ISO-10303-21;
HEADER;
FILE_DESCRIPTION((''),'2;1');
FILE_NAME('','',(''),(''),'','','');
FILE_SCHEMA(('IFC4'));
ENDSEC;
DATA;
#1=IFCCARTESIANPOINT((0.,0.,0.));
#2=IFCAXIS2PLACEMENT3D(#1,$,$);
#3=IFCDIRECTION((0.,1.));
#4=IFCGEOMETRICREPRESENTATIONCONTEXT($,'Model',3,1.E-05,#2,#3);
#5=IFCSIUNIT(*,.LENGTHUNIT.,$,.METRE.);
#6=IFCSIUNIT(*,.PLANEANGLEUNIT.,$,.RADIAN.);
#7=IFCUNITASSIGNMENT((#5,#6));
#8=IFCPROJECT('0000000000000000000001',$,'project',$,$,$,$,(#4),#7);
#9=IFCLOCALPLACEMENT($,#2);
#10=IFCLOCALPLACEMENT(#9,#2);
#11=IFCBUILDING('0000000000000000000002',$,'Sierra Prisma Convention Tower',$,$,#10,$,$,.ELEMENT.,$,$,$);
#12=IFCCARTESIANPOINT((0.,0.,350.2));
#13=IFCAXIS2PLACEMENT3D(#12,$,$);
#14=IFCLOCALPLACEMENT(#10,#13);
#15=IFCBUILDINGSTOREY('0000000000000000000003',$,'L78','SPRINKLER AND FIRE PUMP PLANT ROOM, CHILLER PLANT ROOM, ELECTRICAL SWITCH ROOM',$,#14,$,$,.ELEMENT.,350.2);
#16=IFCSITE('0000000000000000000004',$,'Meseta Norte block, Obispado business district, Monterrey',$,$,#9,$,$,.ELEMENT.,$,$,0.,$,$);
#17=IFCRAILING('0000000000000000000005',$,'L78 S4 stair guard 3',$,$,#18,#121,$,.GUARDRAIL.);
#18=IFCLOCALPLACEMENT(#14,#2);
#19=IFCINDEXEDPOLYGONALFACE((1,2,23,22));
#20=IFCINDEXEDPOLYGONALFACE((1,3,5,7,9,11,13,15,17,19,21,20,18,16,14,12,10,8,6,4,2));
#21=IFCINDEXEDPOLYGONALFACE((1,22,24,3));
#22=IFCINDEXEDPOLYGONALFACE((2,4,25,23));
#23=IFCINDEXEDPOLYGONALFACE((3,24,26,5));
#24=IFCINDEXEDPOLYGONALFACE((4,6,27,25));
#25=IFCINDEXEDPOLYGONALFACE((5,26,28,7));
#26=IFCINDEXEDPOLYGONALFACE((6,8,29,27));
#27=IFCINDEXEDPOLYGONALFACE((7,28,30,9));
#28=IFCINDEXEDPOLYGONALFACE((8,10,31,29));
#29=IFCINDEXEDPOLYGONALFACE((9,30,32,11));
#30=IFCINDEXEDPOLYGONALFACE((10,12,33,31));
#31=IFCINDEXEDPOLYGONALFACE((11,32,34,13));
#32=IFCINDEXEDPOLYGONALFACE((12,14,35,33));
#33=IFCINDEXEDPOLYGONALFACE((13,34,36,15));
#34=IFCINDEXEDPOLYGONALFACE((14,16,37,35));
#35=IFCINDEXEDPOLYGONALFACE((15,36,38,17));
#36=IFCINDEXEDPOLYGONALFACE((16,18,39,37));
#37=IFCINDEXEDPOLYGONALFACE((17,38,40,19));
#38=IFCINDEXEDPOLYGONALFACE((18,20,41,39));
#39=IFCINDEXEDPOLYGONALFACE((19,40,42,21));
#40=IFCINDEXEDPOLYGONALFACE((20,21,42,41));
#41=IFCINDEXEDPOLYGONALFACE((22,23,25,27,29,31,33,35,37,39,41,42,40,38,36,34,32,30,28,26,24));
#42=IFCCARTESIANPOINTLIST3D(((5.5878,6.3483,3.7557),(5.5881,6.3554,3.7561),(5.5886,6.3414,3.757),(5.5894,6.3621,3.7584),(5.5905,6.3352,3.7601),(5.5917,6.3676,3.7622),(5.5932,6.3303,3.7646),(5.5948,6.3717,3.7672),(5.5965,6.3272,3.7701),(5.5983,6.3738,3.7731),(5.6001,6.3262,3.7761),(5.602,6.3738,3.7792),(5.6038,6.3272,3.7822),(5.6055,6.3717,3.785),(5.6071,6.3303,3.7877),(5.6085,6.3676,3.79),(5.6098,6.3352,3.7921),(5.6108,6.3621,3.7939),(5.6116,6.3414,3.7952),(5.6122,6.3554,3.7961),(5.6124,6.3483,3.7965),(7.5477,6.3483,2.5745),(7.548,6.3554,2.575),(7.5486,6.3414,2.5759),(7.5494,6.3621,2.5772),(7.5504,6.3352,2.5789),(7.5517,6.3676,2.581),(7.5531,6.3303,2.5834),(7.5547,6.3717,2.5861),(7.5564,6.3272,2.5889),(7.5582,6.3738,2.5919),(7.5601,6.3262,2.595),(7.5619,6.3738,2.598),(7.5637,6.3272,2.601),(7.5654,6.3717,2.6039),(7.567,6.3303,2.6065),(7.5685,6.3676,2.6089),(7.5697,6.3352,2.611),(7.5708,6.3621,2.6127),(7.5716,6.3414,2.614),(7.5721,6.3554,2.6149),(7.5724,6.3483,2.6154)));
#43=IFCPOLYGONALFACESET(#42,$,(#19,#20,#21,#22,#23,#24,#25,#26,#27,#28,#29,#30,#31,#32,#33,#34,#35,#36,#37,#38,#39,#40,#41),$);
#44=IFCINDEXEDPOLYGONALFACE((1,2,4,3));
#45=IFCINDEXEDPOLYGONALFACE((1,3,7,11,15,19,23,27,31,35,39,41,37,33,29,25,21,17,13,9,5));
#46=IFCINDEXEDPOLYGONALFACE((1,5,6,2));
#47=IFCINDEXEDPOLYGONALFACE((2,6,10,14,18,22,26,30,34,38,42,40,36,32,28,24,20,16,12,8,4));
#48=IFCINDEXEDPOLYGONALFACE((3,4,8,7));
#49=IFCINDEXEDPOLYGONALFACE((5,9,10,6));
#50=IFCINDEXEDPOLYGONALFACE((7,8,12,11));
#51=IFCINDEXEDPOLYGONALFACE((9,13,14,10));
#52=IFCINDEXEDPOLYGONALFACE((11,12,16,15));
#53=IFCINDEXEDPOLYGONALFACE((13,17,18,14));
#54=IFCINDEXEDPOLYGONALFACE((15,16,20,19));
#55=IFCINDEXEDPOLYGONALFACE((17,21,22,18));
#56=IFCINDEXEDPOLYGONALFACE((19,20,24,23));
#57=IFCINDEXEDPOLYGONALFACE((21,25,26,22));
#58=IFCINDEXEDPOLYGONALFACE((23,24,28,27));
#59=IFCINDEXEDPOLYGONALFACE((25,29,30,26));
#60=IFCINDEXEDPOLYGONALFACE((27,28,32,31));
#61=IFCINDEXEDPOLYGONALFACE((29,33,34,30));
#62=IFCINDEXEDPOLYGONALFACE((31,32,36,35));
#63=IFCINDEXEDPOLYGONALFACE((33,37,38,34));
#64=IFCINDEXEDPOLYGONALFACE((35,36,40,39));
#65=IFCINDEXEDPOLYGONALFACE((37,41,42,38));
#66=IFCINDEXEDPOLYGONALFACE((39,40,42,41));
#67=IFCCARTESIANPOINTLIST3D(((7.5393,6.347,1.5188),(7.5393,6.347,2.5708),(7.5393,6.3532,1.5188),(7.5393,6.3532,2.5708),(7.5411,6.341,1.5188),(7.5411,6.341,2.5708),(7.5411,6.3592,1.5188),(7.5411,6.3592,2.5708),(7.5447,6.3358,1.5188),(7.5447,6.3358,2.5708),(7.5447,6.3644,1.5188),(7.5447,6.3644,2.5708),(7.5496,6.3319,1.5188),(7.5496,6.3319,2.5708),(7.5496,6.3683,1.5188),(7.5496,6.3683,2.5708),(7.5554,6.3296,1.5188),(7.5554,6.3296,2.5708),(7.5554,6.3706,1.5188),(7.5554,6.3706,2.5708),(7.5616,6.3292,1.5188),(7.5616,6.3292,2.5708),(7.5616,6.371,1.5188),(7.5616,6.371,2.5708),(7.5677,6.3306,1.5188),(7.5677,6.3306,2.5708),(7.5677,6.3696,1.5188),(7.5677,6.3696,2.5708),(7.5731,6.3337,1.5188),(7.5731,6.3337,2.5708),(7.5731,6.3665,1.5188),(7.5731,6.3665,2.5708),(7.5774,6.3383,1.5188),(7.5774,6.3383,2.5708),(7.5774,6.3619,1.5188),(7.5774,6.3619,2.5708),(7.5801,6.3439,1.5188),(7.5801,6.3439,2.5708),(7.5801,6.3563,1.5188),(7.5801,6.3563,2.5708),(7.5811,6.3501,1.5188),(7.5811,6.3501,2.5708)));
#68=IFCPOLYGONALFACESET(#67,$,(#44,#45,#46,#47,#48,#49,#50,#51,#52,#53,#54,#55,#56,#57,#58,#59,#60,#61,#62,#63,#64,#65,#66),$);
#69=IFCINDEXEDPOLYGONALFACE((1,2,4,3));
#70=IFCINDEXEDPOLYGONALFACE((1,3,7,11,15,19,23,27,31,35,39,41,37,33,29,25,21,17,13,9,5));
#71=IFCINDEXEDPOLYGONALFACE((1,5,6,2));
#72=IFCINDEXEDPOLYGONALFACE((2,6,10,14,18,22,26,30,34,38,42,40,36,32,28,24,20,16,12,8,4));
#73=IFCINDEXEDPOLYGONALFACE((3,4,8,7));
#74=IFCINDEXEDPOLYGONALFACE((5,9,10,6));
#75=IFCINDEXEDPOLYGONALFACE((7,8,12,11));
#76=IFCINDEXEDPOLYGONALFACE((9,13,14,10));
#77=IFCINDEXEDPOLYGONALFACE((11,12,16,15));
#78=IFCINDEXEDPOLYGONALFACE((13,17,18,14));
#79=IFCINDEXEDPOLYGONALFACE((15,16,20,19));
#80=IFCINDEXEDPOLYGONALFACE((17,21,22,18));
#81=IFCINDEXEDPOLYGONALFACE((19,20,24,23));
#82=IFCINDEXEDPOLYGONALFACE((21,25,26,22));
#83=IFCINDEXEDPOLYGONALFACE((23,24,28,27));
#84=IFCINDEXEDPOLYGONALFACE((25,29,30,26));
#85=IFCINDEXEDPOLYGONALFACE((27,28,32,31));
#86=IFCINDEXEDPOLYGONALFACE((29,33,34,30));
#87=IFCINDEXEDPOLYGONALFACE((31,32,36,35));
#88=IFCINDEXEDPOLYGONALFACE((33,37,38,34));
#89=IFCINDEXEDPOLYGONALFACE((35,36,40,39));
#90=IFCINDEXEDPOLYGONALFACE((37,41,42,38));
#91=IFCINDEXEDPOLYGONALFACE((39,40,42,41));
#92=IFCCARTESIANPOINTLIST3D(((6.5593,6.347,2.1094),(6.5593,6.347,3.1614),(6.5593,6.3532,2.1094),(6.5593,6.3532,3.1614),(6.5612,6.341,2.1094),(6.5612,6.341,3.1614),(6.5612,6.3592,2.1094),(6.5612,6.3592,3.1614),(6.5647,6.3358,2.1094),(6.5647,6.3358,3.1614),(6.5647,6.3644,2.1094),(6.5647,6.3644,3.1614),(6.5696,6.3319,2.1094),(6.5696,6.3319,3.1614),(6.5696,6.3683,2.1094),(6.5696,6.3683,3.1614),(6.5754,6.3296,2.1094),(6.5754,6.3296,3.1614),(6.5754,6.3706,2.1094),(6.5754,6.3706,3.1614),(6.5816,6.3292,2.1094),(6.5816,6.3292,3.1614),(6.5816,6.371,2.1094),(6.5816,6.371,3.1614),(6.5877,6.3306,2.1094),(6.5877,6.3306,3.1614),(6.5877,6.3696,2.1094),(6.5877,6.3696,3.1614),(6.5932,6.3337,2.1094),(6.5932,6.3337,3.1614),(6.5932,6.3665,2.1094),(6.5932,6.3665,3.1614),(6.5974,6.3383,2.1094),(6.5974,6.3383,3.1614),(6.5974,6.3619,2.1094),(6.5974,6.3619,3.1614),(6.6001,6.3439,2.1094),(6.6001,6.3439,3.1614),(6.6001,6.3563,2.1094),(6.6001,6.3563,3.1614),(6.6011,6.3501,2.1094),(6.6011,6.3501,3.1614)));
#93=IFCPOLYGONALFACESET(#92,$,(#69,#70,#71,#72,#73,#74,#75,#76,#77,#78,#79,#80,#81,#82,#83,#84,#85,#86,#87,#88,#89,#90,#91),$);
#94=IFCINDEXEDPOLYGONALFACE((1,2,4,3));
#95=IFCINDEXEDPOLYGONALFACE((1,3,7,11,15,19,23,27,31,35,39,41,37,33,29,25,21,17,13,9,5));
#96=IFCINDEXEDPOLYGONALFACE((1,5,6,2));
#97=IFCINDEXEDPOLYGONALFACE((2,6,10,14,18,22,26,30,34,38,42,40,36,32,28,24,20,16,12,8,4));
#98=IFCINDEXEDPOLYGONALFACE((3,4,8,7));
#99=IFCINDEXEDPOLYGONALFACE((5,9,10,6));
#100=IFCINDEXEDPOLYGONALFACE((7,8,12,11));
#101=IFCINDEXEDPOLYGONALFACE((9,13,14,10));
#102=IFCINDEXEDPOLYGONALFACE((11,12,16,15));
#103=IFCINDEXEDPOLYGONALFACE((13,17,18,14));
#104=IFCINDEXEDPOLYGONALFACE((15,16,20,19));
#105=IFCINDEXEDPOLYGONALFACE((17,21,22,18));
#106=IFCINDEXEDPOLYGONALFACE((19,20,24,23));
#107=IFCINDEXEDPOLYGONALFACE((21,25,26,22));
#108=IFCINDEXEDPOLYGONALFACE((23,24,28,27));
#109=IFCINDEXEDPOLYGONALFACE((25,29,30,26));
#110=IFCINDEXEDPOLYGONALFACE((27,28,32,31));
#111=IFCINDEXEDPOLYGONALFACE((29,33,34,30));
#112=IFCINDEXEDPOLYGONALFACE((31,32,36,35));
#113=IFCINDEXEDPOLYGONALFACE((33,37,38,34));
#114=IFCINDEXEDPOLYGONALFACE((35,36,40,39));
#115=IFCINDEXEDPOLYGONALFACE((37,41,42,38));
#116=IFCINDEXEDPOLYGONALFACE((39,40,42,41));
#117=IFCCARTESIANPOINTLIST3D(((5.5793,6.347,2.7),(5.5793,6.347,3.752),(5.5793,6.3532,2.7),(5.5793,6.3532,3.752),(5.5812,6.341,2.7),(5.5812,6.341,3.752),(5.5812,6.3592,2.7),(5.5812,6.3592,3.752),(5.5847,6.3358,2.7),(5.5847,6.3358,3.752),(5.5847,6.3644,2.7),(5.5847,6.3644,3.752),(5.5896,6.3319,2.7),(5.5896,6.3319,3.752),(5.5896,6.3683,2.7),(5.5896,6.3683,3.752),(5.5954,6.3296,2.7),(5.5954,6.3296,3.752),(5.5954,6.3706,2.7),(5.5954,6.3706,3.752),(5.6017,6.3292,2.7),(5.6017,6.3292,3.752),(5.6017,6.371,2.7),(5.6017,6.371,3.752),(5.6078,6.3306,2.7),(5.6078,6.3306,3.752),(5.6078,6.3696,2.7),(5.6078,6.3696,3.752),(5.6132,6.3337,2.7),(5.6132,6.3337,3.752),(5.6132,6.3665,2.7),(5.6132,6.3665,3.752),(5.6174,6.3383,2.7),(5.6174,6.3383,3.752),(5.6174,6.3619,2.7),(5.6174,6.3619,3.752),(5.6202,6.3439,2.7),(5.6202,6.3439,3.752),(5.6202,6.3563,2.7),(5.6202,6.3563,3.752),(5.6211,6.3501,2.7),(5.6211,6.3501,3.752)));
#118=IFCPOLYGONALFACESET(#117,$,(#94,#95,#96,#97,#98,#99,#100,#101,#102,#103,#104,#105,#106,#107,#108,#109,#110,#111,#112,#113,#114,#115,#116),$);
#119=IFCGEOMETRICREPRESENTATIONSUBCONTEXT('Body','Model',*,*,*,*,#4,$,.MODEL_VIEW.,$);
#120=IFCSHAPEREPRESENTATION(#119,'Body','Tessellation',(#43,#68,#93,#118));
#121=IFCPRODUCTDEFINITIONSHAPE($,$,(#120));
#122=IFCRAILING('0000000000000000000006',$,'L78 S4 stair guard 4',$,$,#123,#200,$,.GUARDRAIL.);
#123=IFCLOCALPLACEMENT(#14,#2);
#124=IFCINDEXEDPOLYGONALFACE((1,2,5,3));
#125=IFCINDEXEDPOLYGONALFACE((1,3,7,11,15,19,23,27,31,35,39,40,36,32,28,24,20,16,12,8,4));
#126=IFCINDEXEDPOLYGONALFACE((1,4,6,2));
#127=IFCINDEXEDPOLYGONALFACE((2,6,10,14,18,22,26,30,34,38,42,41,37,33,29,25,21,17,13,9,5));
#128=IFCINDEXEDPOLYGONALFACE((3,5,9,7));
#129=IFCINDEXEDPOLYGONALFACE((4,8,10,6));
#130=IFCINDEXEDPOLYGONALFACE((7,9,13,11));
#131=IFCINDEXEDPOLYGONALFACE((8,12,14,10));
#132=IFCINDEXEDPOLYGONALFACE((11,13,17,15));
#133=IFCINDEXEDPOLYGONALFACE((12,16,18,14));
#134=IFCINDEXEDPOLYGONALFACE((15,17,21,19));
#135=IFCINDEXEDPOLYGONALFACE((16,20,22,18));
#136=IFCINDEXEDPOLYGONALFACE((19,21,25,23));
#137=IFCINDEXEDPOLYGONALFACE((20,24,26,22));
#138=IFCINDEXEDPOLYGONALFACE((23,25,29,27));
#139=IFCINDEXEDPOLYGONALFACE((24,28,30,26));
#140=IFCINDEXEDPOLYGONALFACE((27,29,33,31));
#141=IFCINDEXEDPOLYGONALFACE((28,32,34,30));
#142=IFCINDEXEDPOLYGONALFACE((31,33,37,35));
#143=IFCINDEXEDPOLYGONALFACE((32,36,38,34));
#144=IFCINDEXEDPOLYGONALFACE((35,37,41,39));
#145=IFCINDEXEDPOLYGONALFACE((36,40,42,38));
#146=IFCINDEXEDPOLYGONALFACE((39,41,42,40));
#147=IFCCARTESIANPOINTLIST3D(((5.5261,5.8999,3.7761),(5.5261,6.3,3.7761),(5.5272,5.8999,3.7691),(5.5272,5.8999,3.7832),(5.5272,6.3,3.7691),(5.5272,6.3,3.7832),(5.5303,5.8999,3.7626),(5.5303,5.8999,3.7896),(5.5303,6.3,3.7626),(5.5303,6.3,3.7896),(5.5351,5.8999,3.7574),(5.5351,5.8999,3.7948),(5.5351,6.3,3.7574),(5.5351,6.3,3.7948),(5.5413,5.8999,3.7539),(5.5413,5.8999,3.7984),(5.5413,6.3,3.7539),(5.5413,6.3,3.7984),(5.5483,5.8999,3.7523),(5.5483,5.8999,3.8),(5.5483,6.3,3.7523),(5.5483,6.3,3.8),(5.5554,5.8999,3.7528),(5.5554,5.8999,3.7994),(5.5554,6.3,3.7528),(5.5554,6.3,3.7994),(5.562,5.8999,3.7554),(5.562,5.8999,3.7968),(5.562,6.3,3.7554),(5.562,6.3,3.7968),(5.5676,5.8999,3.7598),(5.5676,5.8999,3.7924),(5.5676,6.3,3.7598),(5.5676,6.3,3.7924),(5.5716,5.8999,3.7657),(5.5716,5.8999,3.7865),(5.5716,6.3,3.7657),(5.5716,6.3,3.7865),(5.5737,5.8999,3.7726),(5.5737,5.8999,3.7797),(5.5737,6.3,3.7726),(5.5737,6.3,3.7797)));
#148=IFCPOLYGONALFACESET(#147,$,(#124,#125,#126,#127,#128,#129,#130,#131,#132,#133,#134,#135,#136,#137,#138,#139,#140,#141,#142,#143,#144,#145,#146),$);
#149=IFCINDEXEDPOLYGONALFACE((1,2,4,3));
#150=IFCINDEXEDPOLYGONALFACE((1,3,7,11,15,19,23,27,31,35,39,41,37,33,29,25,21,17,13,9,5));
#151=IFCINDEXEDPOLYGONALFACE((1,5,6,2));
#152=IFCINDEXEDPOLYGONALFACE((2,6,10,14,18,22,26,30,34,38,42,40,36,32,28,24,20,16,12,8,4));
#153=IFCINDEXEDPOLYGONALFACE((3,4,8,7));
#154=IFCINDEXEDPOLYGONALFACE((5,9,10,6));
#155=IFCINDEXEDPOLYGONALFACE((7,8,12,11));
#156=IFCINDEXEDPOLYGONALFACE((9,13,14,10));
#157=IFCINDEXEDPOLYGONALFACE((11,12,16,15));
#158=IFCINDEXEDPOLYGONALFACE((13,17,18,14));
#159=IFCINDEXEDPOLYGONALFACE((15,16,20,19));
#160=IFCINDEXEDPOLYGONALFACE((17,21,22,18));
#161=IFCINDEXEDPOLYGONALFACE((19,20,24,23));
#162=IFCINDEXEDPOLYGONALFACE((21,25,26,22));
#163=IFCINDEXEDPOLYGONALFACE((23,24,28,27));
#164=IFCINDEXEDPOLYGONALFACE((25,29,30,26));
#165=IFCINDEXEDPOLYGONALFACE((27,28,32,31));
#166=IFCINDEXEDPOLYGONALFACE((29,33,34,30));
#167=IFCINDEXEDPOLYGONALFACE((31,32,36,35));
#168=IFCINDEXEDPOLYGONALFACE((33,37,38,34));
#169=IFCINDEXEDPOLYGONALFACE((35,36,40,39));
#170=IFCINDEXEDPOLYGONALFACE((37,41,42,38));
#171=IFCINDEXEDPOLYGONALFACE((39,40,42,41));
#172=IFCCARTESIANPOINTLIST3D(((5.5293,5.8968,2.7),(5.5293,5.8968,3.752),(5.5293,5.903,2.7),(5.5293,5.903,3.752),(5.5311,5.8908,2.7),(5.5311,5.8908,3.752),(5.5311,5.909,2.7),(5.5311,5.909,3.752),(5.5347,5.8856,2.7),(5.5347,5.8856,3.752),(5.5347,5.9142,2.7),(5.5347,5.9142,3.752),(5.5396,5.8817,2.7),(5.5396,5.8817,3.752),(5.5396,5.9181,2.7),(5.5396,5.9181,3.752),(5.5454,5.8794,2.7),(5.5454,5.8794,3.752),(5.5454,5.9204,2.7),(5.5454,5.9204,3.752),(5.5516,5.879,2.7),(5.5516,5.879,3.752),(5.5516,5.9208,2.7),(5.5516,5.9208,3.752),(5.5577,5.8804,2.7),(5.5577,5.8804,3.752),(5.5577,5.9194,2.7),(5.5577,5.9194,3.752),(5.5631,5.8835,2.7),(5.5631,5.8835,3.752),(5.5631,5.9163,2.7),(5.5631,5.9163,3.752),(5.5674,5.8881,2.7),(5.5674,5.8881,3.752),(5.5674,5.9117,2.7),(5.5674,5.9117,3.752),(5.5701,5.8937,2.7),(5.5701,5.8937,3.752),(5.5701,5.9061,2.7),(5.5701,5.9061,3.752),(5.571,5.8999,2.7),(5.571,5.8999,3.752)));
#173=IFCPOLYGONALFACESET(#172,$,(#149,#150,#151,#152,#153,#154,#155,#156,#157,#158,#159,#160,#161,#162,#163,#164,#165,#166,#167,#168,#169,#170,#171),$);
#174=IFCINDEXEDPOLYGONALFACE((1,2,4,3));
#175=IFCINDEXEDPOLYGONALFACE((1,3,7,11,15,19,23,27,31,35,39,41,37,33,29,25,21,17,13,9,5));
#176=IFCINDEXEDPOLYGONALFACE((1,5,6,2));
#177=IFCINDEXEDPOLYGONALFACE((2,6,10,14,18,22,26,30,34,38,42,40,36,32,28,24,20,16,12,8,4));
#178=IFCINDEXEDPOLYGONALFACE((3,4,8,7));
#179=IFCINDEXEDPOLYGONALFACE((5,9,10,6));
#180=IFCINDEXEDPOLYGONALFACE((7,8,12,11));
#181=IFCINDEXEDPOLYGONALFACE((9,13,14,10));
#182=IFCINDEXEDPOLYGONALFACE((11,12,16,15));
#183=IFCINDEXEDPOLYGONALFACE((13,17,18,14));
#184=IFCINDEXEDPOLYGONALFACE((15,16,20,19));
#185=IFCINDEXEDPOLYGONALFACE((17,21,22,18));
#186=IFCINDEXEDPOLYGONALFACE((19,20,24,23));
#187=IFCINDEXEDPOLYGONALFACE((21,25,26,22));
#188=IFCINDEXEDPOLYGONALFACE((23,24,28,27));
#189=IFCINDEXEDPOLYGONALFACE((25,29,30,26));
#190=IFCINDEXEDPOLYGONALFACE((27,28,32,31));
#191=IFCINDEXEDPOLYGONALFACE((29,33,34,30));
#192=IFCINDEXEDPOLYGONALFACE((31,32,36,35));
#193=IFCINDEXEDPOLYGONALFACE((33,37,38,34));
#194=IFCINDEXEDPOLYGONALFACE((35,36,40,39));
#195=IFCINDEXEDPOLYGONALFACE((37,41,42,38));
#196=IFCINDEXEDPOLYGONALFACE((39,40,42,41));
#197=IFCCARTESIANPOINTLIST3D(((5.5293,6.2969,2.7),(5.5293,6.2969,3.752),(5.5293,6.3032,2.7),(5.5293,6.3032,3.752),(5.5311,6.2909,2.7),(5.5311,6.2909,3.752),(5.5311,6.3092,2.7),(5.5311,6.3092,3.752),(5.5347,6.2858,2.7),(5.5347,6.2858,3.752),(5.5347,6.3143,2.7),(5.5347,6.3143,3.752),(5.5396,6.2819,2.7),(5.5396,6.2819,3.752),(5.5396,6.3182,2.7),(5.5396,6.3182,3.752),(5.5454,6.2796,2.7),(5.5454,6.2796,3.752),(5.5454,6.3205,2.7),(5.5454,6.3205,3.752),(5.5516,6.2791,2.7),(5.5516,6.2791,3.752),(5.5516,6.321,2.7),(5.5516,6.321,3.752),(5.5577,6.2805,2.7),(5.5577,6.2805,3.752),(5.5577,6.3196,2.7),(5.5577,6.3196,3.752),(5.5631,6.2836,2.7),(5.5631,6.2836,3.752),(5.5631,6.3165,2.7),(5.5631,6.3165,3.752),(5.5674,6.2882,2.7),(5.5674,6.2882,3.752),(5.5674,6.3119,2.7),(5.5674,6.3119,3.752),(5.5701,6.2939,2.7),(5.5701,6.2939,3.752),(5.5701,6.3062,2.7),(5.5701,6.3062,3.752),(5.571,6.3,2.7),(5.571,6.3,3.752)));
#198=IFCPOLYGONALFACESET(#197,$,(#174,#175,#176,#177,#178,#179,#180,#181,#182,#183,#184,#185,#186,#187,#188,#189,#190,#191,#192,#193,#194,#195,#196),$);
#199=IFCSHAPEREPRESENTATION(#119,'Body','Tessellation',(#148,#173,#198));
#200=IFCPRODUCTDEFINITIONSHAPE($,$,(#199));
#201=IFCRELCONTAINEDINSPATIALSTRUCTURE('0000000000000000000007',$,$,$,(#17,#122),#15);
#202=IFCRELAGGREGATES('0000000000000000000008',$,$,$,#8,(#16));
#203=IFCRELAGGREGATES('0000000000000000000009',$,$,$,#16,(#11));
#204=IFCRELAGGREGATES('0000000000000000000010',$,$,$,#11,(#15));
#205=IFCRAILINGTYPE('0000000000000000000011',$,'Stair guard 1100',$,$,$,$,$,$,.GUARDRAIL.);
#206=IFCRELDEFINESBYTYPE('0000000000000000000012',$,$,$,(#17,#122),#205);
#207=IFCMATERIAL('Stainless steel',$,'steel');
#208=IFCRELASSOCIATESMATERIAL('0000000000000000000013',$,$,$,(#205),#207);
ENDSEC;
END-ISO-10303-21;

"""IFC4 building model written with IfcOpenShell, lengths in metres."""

from ifc_helpers import new_model, si_unit, direction, frame, origin, origin_2d, place, context, subcontext, project, spatial, circle, extrude, material, type_object, element, save


model = new_model("IFC4")

# Units and contexts
model_context = context("Model", 3, precision=1e-05, world=origin(), true_north=direction((0.0, 1.0)))
body_context = subcontext(model_context, "Body", "Model", "MODEL_VIEW")
ifc_project = project(units=[si_unit("LENGTHUNIT", "METRE"), si_unit("PLANEANGLEUNIT", "RADIAN")], contexts=[model_context])

# Site, building, storey
site_placement = place(None, origin())
site = spatial("IfcSite", under=ifc_project, at=site_placement, Name="Meseta Norte block, Obispado business district, Monterrey", CompositionType="ELEMENT", RefElevation=0.0)
building_placement = place(site_placement, origin())
building = spatial("IfcBuilding", under=site, at=building_placement, Name="Sierra Prisma Convention Tower", CompositionType="ELEMENT")
storey_placement = place(building_placement, frame((0.0, 0.0, 350.2)))
storey = spatial("IfcBuildingStorey", under=building, at=storey_placement, Name="L78", Description="SPRINKLER AND FIRE PUMP PLANT ROOM, CHILLER PLANT ROOM, ELECTRICAL SWITCH ROOM", CompositionType="ELEMENT", Elevation=350.2)

# Railings
ifc_material_1 = material(Name="Stainless steel", Category="steel")
railing_type_1 = type_object("IfcRailingType", Name="Stair guard 1100", PredefinedType="GUARDRAIL", material=ifc_material_1)
railing_1_placement = place(storey_placement, frame((7.5601, 6.3501, 1.5188)))
element("IfcRailing", 1, at=railing_1_placement, inside=storey, type_object=railing_type_1, Name="L78 S4 stair guard 3", PredefinedType="GUARDRAIL", context=body_context, shape_type="SweptSolid", body=[
    extrude(circle(Radius=0.0239, at=origin_2d()), frame((0.0, 0.0, 1.0762), z_axis=(-0.856493, 0.0, 0.516158), x_axis=(0.0, -1.0, 0.0)), (0.0, 0.0, 1.0), 2.2883),
    extrude(circle(Radius=0.021, at=origin_2d()), origin(), (0.0, 0.0, 1.0), 1.052),
    extrude(circle(Radius=0.021, at=origin_2d()), frame((-0.98, 0.0, 0.5906)), (0.0, 0.0, 1.0), 1.052),
    extrude(circle(Radius=0.021, at=origin_2d()), frame((-1.96, 0.0, 1.1812)), (0.0, 0.0, 1.0), 1.052),
])
railing_2_placement = place(storey_placement, frame((5.55, 5.8999, 2.7)))
element("IfcRailing", 2, at=railing_2_placement, inside=storey, type_object=railing_type_1, Name="L78 S4 stair guard 4", PredefinedType="GUARDRAIL", context=body_context, shape_type="SweptSolid", body=[
    extrude(circle(Radius=0.0239, at=origin_2d()), frame((0.0, 0.0, 1.0762), z_axis=(0.0, 1.0, 0.0), x_axis=(-1.0, 0.0, 0.0)), (0.0, 0.0, 1.0), 0.4001),
    extrude(circle(Radius=0.021, at=origin_2d()), origin(), (0.0, 0.0, 1.0), 1.052),
    extrude(circle(Radius=0.021, at=origin_2d()), frame((0.0, 0.4001, 0.0)), (0.0, 0.0, 1.0), 1.052),
])

save(model, "model.ifc")
